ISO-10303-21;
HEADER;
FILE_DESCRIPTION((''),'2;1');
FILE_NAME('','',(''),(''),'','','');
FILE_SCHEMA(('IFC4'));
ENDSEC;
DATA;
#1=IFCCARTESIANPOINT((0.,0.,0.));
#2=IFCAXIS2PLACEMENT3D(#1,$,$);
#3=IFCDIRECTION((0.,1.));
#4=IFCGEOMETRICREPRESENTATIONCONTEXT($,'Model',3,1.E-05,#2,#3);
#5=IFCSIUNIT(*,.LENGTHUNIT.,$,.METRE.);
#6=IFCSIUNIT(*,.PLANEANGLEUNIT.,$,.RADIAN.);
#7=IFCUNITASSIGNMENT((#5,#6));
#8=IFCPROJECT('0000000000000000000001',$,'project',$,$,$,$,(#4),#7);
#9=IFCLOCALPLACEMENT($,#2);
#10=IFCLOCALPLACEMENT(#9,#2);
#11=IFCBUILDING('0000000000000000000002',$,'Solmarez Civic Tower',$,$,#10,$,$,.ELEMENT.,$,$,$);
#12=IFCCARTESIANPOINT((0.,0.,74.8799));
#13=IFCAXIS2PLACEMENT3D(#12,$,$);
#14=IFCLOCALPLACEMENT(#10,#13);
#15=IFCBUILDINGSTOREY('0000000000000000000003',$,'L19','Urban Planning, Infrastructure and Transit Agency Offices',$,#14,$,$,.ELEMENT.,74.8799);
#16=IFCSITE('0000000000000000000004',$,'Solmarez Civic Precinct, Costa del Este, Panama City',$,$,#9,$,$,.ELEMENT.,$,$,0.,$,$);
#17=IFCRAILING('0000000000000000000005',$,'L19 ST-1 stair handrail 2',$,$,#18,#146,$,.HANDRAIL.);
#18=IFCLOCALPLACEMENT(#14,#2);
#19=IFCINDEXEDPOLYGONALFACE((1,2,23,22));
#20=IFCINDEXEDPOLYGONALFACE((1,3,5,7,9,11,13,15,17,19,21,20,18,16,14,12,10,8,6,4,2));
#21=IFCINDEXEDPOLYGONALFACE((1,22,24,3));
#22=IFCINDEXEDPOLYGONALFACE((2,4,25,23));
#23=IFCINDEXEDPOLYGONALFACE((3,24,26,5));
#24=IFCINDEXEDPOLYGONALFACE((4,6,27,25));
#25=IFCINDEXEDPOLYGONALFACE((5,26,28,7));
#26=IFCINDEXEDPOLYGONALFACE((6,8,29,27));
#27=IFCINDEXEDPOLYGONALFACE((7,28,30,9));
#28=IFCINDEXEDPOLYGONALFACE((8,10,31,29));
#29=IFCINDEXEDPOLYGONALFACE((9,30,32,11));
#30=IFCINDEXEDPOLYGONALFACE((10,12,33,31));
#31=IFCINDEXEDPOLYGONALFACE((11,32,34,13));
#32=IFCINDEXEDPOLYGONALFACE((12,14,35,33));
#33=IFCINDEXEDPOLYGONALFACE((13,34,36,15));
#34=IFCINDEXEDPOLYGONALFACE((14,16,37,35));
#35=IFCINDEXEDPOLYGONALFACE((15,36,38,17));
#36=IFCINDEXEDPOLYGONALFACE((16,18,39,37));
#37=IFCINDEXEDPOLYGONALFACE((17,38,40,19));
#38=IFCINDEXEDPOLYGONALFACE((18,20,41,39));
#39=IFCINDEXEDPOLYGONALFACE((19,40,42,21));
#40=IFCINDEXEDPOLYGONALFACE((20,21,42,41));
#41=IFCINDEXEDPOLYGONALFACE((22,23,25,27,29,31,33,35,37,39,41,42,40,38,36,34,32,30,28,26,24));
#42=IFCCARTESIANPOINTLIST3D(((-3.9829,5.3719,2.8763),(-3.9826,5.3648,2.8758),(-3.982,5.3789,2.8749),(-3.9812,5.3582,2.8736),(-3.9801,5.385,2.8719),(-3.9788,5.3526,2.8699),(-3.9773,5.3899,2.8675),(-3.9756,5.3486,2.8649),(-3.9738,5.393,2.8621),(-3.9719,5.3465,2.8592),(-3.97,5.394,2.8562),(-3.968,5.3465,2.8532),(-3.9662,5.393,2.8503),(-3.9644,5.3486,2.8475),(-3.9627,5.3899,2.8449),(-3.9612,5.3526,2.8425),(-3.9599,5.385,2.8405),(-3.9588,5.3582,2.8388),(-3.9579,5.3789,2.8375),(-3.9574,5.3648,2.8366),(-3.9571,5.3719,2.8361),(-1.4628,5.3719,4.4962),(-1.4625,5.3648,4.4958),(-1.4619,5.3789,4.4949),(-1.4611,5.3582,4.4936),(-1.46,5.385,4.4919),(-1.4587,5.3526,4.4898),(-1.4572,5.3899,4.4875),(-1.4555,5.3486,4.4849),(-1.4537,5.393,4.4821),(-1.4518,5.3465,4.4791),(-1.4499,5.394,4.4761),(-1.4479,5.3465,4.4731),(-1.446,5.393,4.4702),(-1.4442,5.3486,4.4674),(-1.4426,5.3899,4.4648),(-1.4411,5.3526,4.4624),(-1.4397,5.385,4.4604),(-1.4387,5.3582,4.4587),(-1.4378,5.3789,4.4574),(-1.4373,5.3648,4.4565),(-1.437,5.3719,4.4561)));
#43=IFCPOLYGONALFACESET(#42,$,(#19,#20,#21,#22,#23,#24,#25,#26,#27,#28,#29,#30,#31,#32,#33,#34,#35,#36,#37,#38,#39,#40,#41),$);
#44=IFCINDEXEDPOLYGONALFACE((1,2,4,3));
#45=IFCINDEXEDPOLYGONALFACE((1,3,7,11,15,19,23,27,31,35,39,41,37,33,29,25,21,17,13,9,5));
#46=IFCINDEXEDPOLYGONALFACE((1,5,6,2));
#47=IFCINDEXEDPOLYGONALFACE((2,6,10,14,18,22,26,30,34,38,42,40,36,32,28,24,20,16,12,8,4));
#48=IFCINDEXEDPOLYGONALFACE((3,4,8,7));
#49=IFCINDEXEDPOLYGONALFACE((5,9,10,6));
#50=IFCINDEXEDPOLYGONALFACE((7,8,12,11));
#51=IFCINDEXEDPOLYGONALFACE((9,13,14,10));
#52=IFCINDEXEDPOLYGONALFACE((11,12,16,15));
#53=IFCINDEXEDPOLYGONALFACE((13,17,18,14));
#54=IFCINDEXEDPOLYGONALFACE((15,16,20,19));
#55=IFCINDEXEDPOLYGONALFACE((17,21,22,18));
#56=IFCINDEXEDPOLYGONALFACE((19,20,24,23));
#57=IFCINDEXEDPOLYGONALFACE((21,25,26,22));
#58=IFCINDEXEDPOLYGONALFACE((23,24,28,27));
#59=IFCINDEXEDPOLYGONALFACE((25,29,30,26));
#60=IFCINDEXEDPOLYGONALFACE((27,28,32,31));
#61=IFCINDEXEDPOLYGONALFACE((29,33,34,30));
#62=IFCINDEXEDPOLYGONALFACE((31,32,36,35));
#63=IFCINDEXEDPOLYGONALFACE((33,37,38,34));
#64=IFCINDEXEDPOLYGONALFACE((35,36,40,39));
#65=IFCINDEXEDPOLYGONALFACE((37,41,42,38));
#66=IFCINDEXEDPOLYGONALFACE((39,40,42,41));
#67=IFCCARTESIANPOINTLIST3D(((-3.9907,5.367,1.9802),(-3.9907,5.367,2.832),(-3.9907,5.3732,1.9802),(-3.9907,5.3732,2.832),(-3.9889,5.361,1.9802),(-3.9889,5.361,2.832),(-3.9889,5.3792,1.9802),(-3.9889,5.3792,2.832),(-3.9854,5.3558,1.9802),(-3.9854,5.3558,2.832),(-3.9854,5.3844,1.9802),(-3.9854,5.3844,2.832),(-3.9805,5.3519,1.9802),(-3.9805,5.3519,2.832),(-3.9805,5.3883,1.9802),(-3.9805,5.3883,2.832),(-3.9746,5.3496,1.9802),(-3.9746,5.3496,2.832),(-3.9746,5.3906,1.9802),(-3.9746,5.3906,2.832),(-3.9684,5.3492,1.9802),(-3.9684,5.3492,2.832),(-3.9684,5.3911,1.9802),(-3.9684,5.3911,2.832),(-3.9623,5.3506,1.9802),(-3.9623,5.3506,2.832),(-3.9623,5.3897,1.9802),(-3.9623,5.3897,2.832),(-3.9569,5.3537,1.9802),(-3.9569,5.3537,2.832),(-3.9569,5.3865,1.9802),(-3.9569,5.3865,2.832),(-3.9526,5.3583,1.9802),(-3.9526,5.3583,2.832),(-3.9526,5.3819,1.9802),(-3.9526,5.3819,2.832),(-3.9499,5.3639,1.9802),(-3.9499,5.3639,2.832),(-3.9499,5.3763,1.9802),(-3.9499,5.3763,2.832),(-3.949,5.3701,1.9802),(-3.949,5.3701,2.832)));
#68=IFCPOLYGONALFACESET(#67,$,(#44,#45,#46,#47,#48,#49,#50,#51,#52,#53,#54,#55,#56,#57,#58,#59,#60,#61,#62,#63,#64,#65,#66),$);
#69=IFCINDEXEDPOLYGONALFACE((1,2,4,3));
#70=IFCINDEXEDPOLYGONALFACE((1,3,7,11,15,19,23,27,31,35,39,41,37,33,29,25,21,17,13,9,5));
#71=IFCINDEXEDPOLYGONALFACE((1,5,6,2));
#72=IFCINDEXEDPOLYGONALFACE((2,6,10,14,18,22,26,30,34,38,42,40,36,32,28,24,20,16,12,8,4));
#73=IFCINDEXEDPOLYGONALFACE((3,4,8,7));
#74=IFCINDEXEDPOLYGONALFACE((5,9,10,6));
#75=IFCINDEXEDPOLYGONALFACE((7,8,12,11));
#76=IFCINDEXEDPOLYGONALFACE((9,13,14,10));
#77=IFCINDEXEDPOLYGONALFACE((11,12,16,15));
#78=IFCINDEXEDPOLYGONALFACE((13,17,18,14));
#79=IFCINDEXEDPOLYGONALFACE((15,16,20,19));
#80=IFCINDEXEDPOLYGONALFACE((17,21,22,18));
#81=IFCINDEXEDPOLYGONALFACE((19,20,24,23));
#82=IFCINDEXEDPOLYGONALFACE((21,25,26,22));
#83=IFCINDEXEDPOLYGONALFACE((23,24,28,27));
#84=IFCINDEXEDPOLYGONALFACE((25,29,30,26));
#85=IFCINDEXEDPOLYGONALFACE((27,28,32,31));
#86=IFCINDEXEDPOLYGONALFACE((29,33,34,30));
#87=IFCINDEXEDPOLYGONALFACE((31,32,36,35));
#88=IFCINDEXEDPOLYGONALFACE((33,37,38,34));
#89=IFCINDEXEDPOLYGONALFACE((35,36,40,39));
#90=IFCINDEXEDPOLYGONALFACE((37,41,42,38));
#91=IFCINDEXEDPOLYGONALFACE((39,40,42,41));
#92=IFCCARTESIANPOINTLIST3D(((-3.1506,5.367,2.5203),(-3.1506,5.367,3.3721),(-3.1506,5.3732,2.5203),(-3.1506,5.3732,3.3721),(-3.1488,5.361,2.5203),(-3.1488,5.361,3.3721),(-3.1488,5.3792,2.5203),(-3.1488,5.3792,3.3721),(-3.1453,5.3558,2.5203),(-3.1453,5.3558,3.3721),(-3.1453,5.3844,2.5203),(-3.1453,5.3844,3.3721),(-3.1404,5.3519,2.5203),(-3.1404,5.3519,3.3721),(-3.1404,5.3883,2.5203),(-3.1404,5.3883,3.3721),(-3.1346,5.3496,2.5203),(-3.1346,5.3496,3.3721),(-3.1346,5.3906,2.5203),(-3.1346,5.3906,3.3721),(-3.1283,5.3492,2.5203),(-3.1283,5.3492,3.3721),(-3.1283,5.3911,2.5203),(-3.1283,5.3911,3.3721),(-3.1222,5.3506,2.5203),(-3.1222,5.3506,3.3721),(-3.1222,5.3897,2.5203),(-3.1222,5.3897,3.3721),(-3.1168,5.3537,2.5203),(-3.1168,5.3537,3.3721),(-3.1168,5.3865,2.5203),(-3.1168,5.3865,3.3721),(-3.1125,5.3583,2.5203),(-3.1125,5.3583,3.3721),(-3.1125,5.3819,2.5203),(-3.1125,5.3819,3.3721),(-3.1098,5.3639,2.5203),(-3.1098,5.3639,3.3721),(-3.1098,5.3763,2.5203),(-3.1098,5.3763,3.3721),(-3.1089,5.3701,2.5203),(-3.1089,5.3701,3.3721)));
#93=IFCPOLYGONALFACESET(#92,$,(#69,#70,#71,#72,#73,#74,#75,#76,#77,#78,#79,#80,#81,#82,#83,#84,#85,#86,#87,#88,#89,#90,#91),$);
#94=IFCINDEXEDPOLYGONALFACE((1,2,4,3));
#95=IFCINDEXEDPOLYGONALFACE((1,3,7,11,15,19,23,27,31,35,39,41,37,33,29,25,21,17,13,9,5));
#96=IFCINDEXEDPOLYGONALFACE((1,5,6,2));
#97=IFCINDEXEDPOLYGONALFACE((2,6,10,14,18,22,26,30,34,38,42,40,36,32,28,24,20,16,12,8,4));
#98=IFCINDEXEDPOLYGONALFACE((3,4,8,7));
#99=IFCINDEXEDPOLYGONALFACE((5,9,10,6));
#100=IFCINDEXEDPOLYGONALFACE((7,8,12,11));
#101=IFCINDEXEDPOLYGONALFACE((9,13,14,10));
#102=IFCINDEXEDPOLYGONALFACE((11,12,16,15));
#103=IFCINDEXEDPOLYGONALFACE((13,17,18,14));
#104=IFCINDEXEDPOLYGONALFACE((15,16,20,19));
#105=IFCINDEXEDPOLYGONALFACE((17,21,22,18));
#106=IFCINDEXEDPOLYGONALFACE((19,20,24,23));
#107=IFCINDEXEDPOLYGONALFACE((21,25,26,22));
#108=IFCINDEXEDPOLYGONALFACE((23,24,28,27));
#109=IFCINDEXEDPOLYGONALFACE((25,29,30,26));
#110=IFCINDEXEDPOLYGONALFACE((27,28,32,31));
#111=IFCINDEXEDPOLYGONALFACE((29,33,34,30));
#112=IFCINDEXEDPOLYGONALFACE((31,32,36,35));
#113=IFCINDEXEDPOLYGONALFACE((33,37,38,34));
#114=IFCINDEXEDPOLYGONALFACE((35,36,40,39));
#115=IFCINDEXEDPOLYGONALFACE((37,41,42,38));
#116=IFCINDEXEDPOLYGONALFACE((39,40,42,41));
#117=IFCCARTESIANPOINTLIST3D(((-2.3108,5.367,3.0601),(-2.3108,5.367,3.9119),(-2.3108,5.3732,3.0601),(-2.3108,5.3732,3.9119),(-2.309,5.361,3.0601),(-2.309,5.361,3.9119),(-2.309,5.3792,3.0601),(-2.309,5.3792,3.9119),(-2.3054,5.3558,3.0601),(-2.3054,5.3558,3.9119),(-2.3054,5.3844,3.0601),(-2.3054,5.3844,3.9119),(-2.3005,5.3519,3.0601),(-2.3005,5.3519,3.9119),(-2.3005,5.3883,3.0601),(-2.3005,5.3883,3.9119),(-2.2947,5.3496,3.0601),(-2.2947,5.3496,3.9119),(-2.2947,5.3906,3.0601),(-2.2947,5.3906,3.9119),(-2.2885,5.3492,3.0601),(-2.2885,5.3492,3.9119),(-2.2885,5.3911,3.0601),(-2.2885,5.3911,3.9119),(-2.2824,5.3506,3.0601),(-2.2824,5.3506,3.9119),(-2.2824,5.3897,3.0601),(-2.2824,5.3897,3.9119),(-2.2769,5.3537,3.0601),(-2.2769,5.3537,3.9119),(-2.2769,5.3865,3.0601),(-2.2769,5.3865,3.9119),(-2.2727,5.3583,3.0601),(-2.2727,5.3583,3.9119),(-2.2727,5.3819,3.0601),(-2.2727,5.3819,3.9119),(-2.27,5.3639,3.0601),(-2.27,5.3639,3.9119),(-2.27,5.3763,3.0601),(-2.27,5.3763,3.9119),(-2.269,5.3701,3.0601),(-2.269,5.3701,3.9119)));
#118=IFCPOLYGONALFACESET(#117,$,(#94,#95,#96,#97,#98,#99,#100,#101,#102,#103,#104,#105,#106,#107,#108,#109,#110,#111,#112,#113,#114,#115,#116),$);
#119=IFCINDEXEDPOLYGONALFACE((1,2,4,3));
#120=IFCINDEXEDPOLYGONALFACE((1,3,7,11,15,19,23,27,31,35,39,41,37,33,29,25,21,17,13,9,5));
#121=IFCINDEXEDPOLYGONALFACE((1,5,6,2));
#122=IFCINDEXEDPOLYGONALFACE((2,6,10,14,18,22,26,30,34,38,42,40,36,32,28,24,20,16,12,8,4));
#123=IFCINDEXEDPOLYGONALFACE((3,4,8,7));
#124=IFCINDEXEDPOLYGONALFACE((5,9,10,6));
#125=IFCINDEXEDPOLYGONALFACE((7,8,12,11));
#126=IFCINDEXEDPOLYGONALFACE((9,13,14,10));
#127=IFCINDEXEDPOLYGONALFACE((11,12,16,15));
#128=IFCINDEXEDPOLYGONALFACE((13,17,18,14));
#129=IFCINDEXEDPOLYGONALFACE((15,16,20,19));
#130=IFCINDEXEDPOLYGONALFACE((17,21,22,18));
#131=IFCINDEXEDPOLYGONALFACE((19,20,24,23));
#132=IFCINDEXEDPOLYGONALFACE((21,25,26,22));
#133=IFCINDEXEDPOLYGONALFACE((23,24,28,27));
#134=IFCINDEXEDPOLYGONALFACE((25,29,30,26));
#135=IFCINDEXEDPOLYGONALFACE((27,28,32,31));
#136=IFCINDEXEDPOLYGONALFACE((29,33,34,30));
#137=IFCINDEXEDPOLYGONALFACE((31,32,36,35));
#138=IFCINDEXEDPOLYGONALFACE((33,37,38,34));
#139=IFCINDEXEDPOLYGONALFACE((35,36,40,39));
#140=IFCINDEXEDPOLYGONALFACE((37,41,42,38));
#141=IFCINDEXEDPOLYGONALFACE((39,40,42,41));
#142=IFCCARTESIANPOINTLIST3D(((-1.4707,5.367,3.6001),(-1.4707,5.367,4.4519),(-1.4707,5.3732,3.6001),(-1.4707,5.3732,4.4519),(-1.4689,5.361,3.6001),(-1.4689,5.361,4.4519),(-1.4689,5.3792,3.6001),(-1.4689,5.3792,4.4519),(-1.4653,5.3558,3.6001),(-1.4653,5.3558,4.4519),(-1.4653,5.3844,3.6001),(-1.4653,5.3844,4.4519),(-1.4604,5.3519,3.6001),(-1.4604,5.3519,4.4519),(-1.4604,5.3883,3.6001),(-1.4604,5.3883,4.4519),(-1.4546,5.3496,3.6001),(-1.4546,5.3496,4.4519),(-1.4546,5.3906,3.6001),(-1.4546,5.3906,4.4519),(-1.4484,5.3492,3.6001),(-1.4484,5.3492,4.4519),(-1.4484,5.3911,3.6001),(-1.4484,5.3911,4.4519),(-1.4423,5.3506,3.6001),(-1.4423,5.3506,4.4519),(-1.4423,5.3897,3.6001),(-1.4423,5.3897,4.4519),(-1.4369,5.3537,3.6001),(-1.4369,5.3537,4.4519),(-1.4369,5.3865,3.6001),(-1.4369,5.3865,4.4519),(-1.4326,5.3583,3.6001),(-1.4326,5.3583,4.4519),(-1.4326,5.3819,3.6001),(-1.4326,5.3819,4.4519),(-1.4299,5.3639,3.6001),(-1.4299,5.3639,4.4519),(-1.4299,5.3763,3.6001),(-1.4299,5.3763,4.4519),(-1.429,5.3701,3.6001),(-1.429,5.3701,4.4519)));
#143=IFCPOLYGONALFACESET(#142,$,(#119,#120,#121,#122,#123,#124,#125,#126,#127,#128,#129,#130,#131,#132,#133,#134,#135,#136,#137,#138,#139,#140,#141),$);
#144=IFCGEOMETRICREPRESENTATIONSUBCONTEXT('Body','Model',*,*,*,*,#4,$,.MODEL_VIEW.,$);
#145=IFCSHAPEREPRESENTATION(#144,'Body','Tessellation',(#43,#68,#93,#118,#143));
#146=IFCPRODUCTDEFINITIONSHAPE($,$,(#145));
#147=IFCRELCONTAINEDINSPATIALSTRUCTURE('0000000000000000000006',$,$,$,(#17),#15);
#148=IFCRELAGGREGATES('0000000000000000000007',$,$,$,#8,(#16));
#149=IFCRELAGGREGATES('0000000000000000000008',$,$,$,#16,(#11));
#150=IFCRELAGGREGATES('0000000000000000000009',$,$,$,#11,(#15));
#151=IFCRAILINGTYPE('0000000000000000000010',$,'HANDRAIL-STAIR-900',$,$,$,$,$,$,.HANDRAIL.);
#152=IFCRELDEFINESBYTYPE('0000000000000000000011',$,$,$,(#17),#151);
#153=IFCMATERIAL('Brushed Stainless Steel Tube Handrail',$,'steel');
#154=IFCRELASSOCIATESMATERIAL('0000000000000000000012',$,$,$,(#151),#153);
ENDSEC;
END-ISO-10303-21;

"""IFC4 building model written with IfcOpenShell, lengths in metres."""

from ifc_helpers import new_model, si_unit, direction, frame, origin, origin_2d, place, context, subcontext, project, spatial, circle, extrude, material, type_object, element, save


model = new_model("IFC4")

# Units and contexts
model_context = context("Model", 3, precision=1e-05, world=origin(), true_north=direction((0.0, 1.0)))
body_context = subcontext(model_context, "Body", "Model", "MODEL_VIEW")
ifc_project = project(units=[si_unit("LENGTHUNIT", "METRE"), si_unit("PLANEANGLEUNIT", "RADIAN")], contexts=[model_context])

# Site, building, storey
site_placement = place(None, origin())
site = spatial("IfcSite", under=ifc_project, at=site_placement, Name="Solmarez Civic Precinct, Costa del Este, Panama City", CompositionType="ELEMENT", RefElevation=0.0)
building_placement = place(site_placement, origin())
building = spatial("IfcBuilding", under=site, at=building_placement, Name="Solmarez Civic Tower", CompositionType="ELEMENT")
storey_placement = place(building_placement, frame((0.0, 0.0, 74.8799)))
storey = spatial("IfcBuildingStorey", under=building, at=storey_placement, Name="L19", Description="Urban Planning, Infrastructure and Transit Agency Offices", CompositionType="ELEMENT", Elevation=74.8799)

# Railing
ifc_material_1 = material(Name="Brushed Stainless Steel Tube Handrail", Category="steel")
railing_type_1 = type_object("IfcRailingType", Name="HANDRAIL-STAIR-900", PredefinedType="HANDRAIL", material=ifc_material_1)
railing_1_placement = place(storey_placement, frame((-3.97, 5.3701, 1.9802)))
element("IfcRailing", 1, at=railing_1_placement, inside=storey, type_object=railing_type_1, Name="L19 ST-1 stair handrail 2", PredefinedType="HANDRAIL", context=body_context, shape_type="SweptSolid", body=[
    extrude(circle(Radius=0.0239, at=origin_2d()), frame((0.0, 0.0, 0.876), z_axis=(0.8412, 0.0, 0.540725), x_axis=(0.0, 1.0, 0.0)), (0.0, 0.0, 1.0), 2.9958),
    extrude(circle(Radius=0.021, at=origin_2d()), origin(), (0.0, 0.0, 1.0), 0.8518),
    extrude(circle(Radius=0.021, at=origin_2d()), frame((0.8401, 0.0, 0.54)), (0.0, 0.0, 1.0), 0.8518),
    extrude(circle(Radius=0.021, at=origin_2d()), frame((1.6799, 0.0, 1.0798)), (0.0, 0.0, 1.0), 0.8518),
    extrude(circle(Radius=0.021, at=origin_2d()), frame((2.52, 0.0, 1.6199)), (0.0, 0.0, 1.0), 0.8518),
])

save(model, "model.ifc")
